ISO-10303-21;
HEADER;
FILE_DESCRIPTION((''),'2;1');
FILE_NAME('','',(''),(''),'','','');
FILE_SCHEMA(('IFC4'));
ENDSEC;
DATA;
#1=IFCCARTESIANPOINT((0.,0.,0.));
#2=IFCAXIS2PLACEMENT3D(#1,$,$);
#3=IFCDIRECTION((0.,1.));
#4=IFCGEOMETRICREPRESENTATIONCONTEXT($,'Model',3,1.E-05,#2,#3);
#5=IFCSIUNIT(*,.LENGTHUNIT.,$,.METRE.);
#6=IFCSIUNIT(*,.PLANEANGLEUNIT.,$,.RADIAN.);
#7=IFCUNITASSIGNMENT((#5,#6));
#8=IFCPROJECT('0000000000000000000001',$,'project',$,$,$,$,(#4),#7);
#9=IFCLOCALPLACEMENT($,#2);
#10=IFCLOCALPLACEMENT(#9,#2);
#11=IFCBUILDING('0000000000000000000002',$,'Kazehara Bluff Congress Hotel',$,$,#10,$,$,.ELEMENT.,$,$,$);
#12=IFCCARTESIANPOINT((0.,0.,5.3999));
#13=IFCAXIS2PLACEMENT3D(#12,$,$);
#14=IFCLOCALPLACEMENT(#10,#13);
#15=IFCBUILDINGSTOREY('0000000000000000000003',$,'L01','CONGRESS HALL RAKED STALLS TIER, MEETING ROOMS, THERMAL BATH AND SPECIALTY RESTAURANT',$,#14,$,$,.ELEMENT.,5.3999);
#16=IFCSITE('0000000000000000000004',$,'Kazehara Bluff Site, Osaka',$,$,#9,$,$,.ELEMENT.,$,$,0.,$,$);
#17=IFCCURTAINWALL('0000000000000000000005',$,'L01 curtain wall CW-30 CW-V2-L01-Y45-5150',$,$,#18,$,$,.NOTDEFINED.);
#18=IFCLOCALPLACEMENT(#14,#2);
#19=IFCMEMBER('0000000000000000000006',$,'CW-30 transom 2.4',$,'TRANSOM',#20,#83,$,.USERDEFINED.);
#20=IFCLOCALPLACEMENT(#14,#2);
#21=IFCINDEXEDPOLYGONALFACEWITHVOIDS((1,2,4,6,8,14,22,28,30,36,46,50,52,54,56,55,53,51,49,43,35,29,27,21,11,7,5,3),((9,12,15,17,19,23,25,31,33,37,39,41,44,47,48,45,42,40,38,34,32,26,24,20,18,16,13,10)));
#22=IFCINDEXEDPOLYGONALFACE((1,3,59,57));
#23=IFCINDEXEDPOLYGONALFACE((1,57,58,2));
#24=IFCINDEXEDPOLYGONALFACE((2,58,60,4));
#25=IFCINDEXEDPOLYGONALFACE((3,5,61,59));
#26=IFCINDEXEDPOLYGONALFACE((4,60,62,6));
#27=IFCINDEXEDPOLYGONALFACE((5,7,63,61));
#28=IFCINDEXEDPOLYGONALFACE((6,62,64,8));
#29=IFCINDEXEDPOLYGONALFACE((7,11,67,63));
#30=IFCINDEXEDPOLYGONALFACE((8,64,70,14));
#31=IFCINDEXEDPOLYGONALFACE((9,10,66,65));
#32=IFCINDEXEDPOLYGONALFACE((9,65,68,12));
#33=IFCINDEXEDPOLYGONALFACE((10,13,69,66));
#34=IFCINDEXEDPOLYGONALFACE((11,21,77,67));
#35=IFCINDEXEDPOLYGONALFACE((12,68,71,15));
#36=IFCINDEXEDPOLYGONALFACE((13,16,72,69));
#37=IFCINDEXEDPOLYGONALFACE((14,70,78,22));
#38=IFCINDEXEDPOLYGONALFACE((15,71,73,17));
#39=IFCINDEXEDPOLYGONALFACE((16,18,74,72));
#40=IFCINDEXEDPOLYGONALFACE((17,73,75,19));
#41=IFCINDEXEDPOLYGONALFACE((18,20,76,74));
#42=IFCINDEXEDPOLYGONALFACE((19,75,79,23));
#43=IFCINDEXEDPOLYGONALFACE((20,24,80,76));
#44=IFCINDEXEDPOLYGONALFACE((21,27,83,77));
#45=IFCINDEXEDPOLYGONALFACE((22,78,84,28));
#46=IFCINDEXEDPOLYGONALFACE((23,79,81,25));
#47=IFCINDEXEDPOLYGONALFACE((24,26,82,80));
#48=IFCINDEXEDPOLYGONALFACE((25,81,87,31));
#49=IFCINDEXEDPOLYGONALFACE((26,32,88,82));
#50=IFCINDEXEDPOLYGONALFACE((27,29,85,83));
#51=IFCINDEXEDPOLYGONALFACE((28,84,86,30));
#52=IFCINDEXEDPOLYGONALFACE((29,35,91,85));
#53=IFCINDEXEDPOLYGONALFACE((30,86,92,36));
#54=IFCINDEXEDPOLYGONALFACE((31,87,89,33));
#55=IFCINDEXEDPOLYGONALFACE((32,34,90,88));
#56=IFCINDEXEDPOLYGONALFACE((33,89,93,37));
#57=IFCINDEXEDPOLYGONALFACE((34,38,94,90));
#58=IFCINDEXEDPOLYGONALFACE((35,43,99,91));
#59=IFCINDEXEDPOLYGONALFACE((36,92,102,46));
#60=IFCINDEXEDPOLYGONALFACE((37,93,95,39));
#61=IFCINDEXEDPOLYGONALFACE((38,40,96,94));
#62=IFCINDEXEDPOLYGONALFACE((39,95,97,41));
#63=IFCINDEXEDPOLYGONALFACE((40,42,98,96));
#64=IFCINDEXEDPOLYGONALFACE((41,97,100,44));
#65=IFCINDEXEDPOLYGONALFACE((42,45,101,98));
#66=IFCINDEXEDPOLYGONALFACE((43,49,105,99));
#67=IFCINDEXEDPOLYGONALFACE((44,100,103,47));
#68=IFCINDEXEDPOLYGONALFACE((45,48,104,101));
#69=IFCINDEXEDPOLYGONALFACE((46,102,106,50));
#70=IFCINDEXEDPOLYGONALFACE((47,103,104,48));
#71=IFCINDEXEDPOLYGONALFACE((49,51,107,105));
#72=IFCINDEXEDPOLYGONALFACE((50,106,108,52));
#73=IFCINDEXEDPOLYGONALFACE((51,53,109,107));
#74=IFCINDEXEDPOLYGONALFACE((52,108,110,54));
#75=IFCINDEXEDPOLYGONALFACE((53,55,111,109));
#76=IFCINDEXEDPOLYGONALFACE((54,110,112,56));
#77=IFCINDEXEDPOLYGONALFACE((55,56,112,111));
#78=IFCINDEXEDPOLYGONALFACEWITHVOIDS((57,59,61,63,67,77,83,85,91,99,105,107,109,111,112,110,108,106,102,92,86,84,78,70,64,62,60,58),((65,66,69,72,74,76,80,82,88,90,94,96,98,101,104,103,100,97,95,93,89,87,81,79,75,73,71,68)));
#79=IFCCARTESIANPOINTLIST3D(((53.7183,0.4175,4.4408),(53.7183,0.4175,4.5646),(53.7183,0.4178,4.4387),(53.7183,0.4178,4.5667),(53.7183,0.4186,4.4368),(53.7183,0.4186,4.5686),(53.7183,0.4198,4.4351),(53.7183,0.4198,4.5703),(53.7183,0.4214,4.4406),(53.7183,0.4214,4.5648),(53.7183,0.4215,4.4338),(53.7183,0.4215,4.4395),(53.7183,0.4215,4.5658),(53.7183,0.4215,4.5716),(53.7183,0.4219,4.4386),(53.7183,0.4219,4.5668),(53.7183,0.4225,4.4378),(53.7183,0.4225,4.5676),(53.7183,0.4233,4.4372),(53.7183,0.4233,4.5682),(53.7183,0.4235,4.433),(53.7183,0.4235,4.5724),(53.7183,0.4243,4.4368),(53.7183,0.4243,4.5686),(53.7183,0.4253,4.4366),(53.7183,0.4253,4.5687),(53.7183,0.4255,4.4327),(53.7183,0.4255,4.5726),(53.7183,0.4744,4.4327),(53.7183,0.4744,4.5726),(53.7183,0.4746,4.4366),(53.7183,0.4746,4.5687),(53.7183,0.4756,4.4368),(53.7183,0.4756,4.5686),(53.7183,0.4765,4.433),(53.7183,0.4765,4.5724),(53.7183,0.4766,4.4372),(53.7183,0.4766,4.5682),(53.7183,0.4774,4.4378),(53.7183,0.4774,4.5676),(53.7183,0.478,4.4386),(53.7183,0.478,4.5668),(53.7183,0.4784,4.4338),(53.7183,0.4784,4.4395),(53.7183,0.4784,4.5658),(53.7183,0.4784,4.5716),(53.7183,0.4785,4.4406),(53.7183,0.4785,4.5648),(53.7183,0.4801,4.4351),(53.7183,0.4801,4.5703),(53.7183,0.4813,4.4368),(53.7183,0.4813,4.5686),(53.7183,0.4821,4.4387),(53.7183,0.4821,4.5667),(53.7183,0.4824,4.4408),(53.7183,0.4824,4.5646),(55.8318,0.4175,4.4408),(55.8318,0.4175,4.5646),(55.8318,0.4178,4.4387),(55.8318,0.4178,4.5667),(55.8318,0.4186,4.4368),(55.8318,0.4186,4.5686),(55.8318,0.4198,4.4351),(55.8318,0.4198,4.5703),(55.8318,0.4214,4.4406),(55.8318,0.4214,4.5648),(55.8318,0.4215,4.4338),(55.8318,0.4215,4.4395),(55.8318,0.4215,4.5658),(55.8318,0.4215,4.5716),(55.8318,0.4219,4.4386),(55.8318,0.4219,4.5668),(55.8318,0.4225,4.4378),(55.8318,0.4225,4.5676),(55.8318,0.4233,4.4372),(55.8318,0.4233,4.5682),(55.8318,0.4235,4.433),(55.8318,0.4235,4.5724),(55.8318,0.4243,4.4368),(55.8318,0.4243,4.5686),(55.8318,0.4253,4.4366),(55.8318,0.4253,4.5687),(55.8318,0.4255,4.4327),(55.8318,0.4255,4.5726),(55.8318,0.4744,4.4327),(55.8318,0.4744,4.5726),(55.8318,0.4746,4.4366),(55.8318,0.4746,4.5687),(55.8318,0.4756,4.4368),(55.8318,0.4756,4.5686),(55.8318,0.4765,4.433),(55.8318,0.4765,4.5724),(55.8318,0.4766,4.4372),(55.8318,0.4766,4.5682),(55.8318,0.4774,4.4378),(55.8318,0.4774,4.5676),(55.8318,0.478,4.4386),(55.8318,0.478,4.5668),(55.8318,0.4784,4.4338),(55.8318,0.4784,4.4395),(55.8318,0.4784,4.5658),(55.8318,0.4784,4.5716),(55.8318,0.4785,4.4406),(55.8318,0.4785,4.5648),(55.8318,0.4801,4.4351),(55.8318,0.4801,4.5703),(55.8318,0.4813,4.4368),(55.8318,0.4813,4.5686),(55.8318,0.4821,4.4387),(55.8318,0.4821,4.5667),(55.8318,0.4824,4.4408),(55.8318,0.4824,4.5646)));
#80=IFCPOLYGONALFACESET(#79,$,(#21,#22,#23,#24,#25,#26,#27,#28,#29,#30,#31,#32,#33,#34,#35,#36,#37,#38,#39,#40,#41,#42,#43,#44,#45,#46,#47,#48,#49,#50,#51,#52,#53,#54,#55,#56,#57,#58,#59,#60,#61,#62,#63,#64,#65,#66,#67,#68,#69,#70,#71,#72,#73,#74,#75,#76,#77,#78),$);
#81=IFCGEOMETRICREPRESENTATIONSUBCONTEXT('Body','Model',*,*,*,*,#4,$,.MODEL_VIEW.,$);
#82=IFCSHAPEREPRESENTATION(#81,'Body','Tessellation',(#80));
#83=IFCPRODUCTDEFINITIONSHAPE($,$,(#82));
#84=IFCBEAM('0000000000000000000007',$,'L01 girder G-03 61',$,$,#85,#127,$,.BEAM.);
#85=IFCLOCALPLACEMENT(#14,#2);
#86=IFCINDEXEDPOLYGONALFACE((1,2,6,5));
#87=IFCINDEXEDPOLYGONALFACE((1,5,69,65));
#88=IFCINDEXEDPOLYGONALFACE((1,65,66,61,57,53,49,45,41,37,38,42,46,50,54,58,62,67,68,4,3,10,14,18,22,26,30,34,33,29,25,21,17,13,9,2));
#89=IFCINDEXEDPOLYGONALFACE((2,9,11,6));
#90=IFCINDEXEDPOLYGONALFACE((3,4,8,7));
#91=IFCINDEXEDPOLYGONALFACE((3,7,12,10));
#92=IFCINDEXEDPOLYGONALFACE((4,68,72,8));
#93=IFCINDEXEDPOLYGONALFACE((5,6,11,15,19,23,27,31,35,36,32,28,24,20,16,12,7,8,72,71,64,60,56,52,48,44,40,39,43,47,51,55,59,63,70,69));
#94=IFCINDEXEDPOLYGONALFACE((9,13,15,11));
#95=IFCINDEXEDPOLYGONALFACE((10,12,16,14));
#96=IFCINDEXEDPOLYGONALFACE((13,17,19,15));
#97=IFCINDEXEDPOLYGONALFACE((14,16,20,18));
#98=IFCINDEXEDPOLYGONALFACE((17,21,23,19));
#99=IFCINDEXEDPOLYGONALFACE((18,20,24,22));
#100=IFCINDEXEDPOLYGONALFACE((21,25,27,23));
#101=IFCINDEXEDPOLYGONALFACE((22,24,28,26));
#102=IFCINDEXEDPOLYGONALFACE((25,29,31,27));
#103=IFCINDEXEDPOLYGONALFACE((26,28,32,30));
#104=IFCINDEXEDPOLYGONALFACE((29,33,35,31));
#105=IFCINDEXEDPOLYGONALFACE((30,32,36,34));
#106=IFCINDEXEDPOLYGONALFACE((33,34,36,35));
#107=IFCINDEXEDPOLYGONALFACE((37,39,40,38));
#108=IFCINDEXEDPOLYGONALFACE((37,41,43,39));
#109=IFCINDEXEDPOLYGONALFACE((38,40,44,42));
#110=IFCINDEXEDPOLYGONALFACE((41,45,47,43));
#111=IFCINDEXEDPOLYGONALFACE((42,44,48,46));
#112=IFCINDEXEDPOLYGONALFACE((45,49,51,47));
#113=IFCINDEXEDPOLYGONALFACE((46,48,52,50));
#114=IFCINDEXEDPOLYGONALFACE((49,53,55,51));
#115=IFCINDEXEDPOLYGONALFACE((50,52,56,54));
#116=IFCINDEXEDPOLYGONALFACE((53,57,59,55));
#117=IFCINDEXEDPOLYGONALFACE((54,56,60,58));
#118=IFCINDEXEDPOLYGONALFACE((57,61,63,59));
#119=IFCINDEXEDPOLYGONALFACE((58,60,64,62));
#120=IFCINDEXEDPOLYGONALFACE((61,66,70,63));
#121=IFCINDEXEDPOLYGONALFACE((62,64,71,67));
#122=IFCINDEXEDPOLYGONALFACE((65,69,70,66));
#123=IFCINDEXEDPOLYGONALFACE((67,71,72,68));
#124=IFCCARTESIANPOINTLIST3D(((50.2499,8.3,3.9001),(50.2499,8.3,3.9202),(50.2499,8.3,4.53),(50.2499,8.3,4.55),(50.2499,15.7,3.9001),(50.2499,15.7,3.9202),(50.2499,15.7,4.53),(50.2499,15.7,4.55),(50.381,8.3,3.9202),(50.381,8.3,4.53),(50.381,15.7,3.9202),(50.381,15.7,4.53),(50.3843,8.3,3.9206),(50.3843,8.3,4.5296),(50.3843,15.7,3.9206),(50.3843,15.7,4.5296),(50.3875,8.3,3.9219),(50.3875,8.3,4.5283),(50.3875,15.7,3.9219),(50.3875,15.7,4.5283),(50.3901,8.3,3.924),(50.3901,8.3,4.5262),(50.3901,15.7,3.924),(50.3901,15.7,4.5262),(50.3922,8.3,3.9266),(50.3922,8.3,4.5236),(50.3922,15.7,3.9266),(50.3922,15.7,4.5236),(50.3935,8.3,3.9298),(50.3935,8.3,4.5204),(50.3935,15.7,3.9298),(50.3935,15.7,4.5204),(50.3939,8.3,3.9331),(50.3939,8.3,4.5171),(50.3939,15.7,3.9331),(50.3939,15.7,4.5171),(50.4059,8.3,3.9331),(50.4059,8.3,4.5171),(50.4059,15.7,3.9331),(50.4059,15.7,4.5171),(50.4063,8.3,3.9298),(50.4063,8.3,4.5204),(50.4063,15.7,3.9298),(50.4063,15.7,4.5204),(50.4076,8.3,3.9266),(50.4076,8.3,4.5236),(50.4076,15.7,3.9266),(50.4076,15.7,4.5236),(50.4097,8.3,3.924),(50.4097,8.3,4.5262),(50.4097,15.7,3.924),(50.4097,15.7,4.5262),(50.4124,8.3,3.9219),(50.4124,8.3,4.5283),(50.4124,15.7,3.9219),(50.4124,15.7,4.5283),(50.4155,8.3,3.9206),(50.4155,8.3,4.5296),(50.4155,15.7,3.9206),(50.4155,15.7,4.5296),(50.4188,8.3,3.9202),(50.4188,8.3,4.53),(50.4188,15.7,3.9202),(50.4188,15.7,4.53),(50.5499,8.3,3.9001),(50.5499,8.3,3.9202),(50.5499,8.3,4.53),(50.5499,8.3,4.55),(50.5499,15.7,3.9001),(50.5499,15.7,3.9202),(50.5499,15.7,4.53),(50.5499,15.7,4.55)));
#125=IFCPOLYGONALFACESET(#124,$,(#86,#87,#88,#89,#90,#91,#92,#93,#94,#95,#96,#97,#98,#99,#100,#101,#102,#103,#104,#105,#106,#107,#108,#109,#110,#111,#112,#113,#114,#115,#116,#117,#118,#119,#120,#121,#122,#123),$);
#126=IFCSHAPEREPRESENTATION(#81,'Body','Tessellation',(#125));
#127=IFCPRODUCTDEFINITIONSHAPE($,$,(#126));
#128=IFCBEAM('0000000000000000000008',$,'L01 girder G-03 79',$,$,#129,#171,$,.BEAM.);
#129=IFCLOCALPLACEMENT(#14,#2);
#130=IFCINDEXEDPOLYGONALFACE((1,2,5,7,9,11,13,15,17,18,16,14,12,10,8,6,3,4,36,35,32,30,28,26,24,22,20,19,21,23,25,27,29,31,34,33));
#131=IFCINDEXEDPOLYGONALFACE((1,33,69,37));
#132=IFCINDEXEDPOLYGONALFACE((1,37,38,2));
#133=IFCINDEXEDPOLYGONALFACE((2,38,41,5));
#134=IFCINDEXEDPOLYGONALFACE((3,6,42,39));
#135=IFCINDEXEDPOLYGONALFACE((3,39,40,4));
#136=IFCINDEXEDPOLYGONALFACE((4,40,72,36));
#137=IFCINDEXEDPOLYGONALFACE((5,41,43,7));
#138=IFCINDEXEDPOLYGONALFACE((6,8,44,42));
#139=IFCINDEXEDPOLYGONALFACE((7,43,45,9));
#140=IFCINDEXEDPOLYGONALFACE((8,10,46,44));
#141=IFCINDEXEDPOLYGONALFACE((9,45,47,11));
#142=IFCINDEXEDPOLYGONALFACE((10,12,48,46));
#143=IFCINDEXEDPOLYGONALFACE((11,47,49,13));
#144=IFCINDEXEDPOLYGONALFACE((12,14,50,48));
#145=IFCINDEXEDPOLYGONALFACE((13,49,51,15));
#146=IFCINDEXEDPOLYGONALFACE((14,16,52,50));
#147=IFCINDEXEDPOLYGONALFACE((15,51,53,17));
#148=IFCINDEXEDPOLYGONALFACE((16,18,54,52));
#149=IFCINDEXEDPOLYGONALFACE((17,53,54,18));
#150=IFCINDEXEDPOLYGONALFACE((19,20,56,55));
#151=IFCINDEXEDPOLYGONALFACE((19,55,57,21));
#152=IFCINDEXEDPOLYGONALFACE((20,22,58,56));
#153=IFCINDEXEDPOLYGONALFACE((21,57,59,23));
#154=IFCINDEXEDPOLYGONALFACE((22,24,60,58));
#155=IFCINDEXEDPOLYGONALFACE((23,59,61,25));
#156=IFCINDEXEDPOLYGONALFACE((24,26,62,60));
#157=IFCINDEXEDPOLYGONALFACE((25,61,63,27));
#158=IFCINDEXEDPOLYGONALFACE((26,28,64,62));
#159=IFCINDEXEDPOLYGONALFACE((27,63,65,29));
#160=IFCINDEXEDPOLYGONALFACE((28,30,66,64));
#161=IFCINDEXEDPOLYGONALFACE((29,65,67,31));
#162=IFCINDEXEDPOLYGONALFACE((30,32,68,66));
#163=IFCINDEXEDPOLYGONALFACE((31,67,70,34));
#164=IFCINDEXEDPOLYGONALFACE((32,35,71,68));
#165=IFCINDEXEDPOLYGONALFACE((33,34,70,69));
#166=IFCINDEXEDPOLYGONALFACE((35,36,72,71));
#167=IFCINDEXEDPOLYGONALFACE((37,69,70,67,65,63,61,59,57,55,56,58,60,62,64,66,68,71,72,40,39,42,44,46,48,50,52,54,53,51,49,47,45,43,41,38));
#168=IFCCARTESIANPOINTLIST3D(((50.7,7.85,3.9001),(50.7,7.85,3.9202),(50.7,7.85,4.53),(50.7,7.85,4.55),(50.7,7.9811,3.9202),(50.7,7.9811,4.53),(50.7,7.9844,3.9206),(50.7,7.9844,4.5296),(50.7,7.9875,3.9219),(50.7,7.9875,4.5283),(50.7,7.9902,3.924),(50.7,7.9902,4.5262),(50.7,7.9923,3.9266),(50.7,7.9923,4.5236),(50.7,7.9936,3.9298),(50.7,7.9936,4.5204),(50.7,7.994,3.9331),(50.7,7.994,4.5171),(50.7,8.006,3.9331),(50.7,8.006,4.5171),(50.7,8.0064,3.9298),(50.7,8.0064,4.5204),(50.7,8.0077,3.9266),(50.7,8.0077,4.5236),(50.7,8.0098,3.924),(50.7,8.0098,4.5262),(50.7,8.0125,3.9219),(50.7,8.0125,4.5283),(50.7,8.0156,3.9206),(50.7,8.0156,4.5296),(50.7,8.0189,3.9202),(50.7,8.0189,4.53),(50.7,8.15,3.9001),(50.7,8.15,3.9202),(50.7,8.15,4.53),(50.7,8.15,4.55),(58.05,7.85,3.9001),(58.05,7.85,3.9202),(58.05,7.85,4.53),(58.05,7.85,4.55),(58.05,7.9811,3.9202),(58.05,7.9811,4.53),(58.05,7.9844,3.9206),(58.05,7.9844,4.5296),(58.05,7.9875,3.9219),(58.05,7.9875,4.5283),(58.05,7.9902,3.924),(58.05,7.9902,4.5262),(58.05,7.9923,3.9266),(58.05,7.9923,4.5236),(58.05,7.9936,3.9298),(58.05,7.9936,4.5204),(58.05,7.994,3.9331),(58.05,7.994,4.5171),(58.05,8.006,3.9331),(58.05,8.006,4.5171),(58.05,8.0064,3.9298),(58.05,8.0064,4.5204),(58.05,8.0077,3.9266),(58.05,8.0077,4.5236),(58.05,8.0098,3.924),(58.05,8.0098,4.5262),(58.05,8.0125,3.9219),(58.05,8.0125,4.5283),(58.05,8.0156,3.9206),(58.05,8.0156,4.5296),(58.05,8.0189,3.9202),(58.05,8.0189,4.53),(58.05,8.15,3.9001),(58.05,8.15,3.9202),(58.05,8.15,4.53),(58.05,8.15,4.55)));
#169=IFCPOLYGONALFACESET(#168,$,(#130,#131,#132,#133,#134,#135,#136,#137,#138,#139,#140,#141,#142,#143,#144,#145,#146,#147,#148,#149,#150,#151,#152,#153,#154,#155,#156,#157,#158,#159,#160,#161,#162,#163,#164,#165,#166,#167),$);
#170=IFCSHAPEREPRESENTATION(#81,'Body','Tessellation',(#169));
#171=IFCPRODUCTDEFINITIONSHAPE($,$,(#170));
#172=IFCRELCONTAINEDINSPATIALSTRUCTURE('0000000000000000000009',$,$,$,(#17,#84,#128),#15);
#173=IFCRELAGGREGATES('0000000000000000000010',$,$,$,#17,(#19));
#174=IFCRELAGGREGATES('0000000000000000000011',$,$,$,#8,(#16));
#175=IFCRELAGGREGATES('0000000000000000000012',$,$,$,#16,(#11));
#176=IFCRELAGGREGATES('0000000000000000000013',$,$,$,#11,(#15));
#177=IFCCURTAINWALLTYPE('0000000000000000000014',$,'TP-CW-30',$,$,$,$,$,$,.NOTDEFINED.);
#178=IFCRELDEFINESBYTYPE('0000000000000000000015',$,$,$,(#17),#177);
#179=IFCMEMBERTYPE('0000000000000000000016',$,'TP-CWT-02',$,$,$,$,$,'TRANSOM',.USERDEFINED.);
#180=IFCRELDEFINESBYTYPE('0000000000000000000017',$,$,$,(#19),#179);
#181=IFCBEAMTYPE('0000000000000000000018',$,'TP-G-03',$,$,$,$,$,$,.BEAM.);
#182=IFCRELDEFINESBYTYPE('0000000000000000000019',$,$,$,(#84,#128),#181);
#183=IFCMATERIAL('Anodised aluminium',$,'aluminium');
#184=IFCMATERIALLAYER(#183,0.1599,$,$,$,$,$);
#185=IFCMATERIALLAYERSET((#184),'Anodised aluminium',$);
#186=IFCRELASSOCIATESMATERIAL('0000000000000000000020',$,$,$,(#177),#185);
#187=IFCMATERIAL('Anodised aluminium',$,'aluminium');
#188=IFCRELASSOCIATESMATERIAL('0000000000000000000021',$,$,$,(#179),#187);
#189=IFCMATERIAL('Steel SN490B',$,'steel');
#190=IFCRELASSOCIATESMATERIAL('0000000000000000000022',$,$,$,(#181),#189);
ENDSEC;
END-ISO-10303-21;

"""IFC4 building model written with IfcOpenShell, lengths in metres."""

from ifc_helpers import new_model, si_unit, direction, frame, origin, origin_2d, place, context, subcontext, project, spatial, hollow_rectangle, i_section, extrude, material, layer, layer_set, material_profile, profile_set, type_object, element, aggregate, save


model = new_model("IFC4")

# Units and contexts
model_context = context("Model", 3, precision=1e-05, world=origin(), true_north=direction((0.0, 1.0)))
body_context = subcontext(model_context, "Body", "Model", "MODEL_VIEW")
ifc_project = project(units=[si_unit("LENGTHUNIT", "METRE"), si_unit("PLANEANGLEUNIT", "RADIAN")], contexts=[model_context])

# Site, building, storey
site_placement = place(None, origin())
site = spatial("IfcSite", under=ifc_project, at=site_placement, Name="Kazehara Bluff Site, Osaka", CompositionType="ELEMENT", RefElevation=0.0)
building_placement = place(site_placement, origin())
building = spatial("IfcBuilding", under=site, at=building_placement, Name="Kazehara Bluff Congress Hotel", CompositionType="ELEMENT")
storey_placement = place(building_placement, frame((0.0, 0.0, 5.3999)))
storey = spatial("IfcBuildingStorey", under=building, at=storey_placement, Name="L01", Description="CONGRESS HALL RAKED STALLS TIER, MEETING ROOMS, THERMAL BATH AND SPECIALTY RESTAURANT", CompositionType="ELEMENT", Elevation=5.3999)

# Curtain wall, member
ifc_material_1 = material(Name="Anodised aluminium", Category="aluminium")
ifc_layer_1 = layer(ifc_material_1, 0.1599)
ifc_layer_set_1 = layer_set([ifc_layer_1], Name="Anodised aluminium")
curtain_wall_type = type_object("IfcCurtainWallType", Name="TP-CW-30", PredefinedType="NOTDEFINED", material=ifc_layer_set_1)
curtain_wall_placement = place(storey_placement, origin())
curtain_wall = element("IfcCurtainWall", 1, at=curtain_wall_placement, inside=storey, type_object=curtain_wall_type, Name="L01 curtain wall CW-30 CW-V2-L01-Y45-5150", PredefinedType="NOTDEFINED")
ifc_material_2 = material(Name="Anodised aluminium", Category="aluminium")
ifc_material_profile_1 = material_profile(ifc_material_2, hollow_rectangle(XDim=0.0649, YDim=0.1399, WallThickness=0.0039, InnerFilletRadius=0.0039, OuterFilletRadius=0.0081, at=origin_2d()))
ifc_profile_set_1 = profile_set([ifc_material_profile_1], Name="Anodised aluminium")
member_type_1 = type_object("IfcMemberType", Name="TP-CWT-02", ElementType="TRANSOM", PredefinedType="USERDEFINED", material=ifc_profile_set_1)
member_1_placement = place(storey_placement, frame((53.7183, 0.45, 4.5027), z_axis=(1.0, 0.0, 0.0), x_axis=(0.0, 1.0, 0.0)))
member_1 = element("IfcMember", 2, at=member_1_placement, type_object=member_type_1, Name="CW-30 transom 2.4", ObjectType="TRANSOM", PredefinedType="USERDEFINED", context=body_context, shape_type="SweptSolid", body=[
    extrude(hollow_rectangle(XDim=0.0649, YDim=0.1399, WallThickness=0.0039, InnerFilletRadius=0.0039, OuterFilletRadius=0.0081, at=origin_2d()), origin(), (0.0, 0.0, 1.0), 2.1135),
])

# Beams
ifc_material_3 = material(Name="Steel SN490B", Category="steel")
ifc_material_profile_2 = material_profile(ifc_material_3, i_section(OverallWidth=0.3, OverallDepth=0.6499, WebThickness=0.012, FlangeThickness=0.02, FilletRadius=0.0129, at=origin_2d()))
ifc_profile_set_2 = profile_set([ifc_material_profile_2], Name="Steel SN490B")
beam_type_1 = type_object("IfcBeamType", Name="TP-G-03", PredefinedType="BEAM", material=ifc_profile_set_2)
beam_1_placement = place(storey_placement, frame((50.3999, 8.3, 4.2251), z_axis=(0.0, 1.0, 0.0), x_axis=(-1.0, 0.0, 0.0)))
element("IfcBeam", 3, at=beam_1_placement, inside=storey, type_object=beam_type_1, Name="L01 girder G-03 61", PredefinedType="BEAM", context=body_context, shape_type="SweptSolid", body=[
    extrude(i_section(OverallWidth=0.3, OverallDepth=0.6499, WebThickness=0.012, FlangeThickness=0.02, FilletRadius=0.0129, at=origin_2d()), origin(), (0.0, 0.0, 1.0), 7.3999),
])
beam_2_placement = place(storey_placement, frame((50.7, 8.0, 4.2251), z_axis=(1.0, 0.0, 0.0), x_axis=(0.0, 1.0, 0.0)))
element("IfcBeam", 4, at=beam_2_placement, inside=storey, type_object=beam_type_1, Name="L01 girder G-03 79", PredefinedType="BEAM", context=body_context, shape_type="SweptSolid", body=[
    extrude(i_section(OverallWidth=0.3, OverallDepth=0.6499, WebThickness=0.012, FlangeThickness=0.02, FilletRadius=0.0129, at=origin_2d()), origin(), (0.0, 0.0, 1.0), 7.3501),
])

aggregate(curtain_wall, [member_1])

save(model, "model.ifc")
